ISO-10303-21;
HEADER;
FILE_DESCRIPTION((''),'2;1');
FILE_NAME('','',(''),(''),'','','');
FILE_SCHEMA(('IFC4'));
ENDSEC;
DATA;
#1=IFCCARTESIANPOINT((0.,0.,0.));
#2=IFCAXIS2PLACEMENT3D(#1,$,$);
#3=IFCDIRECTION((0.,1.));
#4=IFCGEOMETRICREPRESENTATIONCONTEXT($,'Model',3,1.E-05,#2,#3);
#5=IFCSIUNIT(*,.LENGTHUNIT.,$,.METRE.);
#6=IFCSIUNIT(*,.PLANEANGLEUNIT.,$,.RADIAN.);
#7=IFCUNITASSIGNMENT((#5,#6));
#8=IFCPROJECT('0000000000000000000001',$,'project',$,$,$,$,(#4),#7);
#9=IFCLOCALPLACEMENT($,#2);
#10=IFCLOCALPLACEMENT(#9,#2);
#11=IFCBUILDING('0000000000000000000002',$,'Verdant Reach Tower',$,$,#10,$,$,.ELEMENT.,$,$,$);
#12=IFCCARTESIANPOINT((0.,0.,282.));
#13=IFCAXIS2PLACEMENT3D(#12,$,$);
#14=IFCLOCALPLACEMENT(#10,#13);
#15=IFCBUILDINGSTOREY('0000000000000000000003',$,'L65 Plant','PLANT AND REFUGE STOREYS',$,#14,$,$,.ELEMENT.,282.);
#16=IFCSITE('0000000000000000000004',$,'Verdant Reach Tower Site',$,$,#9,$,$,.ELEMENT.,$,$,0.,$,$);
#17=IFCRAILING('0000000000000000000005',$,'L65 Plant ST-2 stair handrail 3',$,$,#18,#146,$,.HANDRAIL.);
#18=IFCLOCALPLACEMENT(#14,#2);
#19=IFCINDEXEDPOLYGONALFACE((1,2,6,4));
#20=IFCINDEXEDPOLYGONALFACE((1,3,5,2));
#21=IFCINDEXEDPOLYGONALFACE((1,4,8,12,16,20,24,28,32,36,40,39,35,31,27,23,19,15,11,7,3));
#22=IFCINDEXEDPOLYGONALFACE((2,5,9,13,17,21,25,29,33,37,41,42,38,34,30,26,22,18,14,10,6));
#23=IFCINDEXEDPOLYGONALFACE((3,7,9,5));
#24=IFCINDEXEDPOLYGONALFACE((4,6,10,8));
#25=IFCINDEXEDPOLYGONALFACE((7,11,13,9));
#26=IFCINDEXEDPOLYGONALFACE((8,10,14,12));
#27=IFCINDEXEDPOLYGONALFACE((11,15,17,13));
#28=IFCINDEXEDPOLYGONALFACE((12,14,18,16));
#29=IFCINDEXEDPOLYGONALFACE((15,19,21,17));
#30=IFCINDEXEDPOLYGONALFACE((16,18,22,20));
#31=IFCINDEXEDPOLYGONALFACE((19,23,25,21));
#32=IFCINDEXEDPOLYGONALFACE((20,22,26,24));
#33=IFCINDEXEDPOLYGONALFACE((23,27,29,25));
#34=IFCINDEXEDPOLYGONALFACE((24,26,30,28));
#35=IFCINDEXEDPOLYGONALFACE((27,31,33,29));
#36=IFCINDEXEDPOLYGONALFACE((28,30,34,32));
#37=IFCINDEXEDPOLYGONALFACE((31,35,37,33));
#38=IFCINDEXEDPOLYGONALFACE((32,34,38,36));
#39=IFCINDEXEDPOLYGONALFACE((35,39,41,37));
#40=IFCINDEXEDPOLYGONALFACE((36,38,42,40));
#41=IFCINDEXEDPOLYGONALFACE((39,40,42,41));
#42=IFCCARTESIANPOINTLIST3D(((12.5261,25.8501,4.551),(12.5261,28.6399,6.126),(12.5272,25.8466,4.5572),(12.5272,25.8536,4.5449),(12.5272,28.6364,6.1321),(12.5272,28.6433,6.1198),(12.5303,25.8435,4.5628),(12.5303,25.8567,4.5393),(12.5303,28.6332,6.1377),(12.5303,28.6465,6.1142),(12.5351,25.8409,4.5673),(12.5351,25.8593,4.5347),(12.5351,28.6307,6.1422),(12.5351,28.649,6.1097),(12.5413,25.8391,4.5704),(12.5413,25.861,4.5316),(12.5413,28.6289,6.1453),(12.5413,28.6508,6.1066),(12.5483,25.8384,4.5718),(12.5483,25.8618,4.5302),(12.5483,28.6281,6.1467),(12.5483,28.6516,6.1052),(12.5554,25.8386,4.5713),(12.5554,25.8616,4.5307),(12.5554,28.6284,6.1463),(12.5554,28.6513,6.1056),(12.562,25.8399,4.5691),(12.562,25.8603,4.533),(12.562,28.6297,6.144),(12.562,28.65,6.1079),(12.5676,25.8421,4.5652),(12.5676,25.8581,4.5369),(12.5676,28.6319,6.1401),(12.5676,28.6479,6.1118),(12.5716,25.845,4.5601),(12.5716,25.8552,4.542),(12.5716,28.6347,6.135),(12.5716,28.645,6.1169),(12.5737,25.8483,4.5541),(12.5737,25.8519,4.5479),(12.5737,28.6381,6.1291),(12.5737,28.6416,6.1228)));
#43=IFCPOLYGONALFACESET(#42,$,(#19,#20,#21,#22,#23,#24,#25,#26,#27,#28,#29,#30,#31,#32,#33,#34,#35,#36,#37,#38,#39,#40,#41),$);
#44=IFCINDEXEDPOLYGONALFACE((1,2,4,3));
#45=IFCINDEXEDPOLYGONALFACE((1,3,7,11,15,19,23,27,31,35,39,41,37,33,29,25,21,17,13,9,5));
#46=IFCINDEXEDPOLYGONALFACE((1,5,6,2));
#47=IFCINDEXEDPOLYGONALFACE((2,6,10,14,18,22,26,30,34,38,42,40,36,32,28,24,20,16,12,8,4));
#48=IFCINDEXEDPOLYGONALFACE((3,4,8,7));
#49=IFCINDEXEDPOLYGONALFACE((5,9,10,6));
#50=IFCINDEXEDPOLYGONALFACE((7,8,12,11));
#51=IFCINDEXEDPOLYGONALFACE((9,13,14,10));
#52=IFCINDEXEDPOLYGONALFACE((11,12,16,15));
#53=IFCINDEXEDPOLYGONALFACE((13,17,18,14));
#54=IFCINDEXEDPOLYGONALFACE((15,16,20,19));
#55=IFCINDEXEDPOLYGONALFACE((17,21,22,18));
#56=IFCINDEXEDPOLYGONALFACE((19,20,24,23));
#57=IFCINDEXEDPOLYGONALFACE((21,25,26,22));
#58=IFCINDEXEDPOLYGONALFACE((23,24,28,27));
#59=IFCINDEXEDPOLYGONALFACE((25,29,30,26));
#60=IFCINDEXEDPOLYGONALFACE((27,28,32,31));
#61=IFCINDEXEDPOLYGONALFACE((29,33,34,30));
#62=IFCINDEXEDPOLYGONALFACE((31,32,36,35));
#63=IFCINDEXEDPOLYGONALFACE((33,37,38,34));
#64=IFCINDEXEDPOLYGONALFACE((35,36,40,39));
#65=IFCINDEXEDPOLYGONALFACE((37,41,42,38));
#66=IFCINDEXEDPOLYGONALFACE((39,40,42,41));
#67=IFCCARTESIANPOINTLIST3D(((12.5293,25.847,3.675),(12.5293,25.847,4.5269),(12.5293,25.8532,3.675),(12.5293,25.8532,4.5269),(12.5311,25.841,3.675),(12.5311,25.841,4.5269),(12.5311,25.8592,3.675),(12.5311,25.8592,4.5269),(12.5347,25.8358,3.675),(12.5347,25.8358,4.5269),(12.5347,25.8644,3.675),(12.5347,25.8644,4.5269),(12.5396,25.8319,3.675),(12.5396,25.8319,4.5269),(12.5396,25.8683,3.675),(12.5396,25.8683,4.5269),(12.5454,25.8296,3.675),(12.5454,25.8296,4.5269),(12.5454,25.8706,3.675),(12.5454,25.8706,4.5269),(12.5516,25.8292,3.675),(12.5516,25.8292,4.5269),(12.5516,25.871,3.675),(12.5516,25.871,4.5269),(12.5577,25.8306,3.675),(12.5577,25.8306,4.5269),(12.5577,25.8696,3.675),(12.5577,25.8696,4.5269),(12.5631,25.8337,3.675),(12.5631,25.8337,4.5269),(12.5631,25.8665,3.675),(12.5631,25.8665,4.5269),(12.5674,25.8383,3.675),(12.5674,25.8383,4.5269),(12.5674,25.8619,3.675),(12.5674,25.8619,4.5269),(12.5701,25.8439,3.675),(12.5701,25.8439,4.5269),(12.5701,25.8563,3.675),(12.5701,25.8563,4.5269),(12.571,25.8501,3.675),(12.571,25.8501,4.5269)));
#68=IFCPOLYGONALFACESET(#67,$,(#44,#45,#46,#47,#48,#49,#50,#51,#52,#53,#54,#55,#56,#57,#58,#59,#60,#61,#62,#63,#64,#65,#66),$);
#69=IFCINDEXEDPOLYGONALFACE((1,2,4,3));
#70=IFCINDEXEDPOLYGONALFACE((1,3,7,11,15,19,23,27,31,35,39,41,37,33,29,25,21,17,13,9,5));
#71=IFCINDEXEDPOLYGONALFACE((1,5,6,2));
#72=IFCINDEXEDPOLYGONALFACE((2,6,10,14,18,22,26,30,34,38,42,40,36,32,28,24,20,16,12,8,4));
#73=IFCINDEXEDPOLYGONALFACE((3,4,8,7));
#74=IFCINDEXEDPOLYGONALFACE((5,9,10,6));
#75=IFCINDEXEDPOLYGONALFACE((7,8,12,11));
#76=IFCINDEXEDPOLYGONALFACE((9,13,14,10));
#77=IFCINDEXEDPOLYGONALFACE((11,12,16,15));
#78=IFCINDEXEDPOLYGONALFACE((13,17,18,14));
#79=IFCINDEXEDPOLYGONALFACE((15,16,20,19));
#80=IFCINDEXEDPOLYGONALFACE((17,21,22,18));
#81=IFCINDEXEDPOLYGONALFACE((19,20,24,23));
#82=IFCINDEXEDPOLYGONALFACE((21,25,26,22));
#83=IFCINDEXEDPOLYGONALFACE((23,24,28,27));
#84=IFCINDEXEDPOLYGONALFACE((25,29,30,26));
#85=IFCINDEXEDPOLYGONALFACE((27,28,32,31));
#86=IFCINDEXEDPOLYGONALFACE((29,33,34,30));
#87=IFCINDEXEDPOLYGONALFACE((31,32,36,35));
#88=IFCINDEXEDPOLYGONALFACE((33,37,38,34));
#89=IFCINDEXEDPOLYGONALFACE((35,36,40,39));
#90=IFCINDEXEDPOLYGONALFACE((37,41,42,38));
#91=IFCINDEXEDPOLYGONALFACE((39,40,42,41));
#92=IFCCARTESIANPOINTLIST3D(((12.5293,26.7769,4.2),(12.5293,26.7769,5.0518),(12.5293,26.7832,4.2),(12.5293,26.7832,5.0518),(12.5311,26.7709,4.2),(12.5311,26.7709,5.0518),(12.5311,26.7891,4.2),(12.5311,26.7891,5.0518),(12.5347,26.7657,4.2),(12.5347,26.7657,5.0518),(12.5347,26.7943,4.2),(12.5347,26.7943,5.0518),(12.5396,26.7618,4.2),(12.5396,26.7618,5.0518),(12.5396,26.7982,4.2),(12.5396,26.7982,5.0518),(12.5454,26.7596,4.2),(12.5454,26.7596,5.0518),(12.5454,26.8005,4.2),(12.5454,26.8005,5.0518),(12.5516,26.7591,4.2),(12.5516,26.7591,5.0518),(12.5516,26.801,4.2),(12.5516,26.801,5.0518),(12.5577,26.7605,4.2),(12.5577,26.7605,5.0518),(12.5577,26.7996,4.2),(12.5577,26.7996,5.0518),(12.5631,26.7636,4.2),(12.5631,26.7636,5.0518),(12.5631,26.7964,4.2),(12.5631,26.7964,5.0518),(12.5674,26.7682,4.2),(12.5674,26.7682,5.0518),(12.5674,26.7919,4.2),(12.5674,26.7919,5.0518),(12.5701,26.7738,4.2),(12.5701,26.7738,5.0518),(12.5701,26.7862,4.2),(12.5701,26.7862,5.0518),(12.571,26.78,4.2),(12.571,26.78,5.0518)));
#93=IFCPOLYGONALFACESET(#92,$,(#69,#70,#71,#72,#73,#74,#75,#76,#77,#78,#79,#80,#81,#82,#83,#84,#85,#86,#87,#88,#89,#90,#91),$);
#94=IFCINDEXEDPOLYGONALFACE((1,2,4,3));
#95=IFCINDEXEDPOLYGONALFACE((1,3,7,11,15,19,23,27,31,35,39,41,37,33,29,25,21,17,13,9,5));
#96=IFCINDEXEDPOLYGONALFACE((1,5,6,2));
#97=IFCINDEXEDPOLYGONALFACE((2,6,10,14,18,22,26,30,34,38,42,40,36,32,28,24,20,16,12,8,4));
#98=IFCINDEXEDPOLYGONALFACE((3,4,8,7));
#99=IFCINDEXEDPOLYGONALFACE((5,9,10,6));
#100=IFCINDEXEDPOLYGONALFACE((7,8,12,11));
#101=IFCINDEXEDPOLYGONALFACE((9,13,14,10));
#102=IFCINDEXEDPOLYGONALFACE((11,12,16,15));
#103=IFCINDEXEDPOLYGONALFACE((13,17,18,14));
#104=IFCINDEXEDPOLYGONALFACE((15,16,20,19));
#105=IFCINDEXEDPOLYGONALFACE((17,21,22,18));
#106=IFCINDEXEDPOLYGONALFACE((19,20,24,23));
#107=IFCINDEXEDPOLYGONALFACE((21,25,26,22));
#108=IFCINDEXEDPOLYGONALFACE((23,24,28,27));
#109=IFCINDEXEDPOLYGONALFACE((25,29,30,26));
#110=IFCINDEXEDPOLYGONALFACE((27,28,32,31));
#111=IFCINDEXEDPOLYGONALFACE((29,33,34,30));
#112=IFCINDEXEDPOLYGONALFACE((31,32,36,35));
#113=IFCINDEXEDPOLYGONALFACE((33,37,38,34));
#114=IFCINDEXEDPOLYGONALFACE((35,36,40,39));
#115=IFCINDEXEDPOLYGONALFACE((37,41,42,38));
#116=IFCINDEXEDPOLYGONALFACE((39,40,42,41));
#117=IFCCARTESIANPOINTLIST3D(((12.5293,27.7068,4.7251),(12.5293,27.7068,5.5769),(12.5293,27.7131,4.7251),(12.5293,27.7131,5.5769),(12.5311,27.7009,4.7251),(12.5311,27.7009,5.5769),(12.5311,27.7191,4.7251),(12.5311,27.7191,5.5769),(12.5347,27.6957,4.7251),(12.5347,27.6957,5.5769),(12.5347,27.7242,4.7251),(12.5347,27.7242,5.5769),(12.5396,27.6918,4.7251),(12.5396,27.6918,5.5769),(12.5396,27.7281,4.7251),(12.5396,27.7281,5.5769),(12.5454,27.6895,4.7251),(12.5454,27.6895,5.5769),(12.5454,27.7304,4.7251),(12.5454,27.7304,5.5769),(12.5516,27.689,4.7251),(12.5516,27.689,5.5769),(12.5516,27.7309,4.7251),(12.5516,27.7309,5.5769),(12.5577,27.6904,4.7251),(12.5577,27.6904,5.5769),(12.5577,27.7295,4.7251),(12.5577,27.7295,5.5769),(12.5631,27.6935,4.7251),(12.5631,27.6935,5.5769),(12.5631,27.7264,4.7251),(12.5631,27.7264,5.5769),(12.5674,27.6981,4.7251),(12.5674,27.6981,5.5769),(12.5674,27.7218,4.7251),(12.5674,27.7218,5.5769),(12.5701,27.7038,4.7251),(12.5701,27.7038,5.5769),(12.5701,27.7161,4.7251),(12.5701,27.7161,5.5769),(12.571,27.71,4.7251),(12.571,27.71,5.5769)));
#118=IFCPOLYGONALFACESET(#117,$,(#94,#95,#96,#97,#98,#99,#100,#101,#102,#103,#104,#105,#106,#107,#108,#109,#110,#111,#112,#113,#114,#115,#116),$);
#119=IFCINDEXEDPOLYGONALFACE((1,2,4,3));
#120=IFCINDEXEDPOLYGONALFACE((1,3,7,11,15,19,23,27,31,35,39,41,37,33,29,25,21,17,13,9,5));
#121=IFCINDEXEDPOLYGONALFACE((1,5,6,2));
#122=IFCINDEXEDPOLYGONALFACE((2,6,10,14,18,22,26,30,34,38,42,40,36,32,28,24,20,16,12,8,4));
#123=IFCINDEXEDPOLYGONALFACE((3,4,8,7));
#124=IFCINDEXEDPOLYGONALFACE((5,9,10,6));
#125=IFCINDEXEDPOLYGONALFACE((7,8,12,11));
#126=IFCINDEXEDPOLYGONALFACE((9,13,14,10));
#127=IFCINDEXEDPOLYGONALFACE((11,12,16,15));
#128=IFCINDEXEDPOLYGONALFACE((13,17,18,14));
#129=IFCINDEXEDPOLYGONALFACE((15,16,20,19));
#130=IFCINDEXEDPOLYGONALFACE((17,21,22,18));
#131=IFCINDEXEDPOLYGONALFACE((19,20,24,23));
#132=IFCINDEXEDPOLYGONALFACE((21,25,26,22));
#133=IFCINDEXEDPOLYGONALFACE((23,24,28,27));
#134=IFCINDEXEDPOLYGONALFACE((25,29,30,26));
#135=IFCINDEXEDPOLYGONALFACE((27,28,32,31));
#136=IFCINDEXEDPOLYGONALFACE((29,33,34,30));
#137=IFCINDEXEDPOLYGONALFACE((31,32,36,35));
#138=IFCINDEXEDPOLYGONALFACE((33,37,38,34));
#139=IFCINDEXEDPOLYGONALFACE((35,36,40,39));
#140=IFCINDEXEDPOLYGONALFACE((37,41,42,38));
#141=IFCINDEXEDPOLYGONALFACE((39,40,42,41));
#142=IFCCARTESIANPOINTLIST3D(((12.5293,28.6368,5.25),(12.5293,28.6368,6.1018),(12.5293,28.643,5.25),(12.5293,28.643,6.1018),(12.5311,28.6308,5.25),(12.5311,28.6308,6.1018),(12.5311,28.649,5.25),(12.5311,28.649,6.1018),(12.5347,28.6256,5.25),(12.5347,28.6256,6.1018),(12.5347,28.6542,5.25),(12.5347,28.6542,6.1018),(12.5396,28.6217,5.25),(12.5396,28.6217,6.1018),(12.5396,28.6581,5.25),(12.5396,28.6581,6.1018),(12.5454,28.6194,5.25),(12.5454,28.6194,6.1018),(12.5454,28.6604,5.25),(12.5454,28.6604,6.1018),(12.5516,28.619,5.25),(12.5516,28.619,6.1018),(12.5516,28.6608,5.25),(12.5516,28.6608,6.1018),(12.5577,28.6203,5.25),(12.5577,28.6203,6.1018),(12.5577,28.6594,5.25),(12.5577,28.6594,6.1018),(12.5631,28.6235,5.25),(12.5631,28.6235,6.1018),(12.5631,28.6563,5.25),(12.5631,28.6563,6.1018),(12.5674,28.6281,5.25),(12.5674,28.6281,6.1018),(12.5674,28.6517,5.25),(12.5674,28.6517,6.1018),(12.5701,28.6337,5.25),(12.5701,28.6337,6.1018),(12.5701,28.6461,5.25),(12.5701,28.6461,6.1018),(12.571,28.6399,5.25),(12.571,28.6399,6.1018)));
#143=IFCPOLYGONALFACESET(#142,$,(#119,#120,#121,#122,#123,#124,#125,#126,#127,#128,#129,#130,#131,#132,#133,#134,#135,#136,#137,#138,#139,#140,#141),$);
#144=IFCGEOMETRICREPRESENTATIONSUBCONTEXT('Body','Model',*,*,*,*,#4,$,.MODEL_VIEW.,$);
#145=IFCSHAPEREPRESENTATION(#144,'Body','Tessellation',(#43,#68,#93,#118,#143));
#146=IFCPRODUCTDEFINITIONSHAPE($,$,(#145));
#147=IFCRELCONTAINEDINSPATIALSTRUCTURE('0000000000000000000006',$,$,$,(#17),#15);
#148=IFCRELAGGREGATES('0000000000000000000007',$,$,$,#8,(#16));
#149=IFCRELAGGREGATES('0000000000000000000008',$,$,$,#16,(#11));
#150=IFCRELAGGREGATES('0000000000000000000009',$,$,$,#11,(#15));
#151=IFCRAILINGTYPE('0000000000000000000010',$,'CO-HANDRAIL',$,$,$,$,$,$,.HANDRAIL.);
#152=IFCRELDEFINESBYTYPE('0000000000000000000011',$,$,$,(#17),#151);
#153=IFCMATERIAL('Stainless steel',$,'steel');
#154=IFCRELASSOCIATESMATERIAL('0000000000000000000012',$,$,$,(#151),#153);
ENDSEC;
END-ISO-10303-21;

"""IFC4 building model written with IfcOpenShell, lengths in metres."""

from ifc_helpers import new_model, si_unit, direction, frame, origin, origin_2d, place, context, subcontext, project, spatial, circle, extrude, material, type_object, element, save


model = new_model("IFC4")

# Units and contexts
model_context = context("Model", 3, precision=1e-05, world=origin(), true_north=direction((0.0, 1.0)))
body_context = subcontext(model_context, "Body", "Model", "MODEL_VIEW")
ifc_project = project(units=[si_unit("LENGTHUNIT", "METRE"), si_unit("PLANEANGLEUNIT", "RADIAN")], contexts=[model_context])

# Site, building, storey
site_placement = place(None, origin())
site = spatial("IfcSite", under=ifc_project, at=site_placement, Name="Verdant Reach Tower Site", CompositionType="ELEMENT", RefElevation=0.0)
building_placement = place(site_placement, origin())
building = spatial("IfcBuilding", under=site, at=building_placement, Name="Verdant Reach Tower", CompositionType="ELEMENT")
storey_placement = place(building_placement, frame((0.0, 0.0, 282.0)))
storey = spatial("IfcBuildingStorey", under=building, at=storey_placement, Name="L65 Plant", Description="PLANT AND REFUGE STOREYS", CompositionType="ELEMENT", Elevation=282.0)

# Railing
ifc_material_1 = material(Name="Stainless steel", Category="steel")
railing_type_1 = type_object("IfcRailingType", Name="CO-HANDRAIL", PredefinedType="HANDRAIL", material=ifc_material_1)
for number, where, name in (
    (1, (12.55, 25.8501, 3.675), "L65 Plant ST-2 stair handrail 3"),
):
    element("IfcRailing", number, at=place(storey_placement, frame(where)), inside=storey, type_object=railing_type_1, Name=name, PredefinedType="HANDRAIL", context=body_context, shape_type="SweptSolid", body=[
        extrude(circle(Radius=0.0239, at=origin_2d()), frame((0.0, 0.0, 0.876), z_axis=(0.0, 0.870815, 0.49161), x_axis=(-1.0, 0.0, 0.0)), (0.0, 0.0, 1.0), 3.2036),
        extrude(circle(Radius=0.021, at=origin_2d()), origin(), (0.0, 0.0, 1.0), 0.8518),
        extrude(circle(Radius=0.021, at=origin_2d()), frame((0.0, 0.9299, 0.5249)), (0.0, 0.0, 1.0), 0.8518),
        extrude(circle(Radius=0.021, at=origin_2d()), frame((0.0, 1.8599, 1.05)), (0.0, 0.0, 1.0), 0.8518),
        extrude(circle(Radius=0.021, at=origin_2d()), frame((0.0, 2.7898, 1.575)), (0.0, 0.0, 1.0), 0.8518),
    ])

save(model, "model.ifc")
